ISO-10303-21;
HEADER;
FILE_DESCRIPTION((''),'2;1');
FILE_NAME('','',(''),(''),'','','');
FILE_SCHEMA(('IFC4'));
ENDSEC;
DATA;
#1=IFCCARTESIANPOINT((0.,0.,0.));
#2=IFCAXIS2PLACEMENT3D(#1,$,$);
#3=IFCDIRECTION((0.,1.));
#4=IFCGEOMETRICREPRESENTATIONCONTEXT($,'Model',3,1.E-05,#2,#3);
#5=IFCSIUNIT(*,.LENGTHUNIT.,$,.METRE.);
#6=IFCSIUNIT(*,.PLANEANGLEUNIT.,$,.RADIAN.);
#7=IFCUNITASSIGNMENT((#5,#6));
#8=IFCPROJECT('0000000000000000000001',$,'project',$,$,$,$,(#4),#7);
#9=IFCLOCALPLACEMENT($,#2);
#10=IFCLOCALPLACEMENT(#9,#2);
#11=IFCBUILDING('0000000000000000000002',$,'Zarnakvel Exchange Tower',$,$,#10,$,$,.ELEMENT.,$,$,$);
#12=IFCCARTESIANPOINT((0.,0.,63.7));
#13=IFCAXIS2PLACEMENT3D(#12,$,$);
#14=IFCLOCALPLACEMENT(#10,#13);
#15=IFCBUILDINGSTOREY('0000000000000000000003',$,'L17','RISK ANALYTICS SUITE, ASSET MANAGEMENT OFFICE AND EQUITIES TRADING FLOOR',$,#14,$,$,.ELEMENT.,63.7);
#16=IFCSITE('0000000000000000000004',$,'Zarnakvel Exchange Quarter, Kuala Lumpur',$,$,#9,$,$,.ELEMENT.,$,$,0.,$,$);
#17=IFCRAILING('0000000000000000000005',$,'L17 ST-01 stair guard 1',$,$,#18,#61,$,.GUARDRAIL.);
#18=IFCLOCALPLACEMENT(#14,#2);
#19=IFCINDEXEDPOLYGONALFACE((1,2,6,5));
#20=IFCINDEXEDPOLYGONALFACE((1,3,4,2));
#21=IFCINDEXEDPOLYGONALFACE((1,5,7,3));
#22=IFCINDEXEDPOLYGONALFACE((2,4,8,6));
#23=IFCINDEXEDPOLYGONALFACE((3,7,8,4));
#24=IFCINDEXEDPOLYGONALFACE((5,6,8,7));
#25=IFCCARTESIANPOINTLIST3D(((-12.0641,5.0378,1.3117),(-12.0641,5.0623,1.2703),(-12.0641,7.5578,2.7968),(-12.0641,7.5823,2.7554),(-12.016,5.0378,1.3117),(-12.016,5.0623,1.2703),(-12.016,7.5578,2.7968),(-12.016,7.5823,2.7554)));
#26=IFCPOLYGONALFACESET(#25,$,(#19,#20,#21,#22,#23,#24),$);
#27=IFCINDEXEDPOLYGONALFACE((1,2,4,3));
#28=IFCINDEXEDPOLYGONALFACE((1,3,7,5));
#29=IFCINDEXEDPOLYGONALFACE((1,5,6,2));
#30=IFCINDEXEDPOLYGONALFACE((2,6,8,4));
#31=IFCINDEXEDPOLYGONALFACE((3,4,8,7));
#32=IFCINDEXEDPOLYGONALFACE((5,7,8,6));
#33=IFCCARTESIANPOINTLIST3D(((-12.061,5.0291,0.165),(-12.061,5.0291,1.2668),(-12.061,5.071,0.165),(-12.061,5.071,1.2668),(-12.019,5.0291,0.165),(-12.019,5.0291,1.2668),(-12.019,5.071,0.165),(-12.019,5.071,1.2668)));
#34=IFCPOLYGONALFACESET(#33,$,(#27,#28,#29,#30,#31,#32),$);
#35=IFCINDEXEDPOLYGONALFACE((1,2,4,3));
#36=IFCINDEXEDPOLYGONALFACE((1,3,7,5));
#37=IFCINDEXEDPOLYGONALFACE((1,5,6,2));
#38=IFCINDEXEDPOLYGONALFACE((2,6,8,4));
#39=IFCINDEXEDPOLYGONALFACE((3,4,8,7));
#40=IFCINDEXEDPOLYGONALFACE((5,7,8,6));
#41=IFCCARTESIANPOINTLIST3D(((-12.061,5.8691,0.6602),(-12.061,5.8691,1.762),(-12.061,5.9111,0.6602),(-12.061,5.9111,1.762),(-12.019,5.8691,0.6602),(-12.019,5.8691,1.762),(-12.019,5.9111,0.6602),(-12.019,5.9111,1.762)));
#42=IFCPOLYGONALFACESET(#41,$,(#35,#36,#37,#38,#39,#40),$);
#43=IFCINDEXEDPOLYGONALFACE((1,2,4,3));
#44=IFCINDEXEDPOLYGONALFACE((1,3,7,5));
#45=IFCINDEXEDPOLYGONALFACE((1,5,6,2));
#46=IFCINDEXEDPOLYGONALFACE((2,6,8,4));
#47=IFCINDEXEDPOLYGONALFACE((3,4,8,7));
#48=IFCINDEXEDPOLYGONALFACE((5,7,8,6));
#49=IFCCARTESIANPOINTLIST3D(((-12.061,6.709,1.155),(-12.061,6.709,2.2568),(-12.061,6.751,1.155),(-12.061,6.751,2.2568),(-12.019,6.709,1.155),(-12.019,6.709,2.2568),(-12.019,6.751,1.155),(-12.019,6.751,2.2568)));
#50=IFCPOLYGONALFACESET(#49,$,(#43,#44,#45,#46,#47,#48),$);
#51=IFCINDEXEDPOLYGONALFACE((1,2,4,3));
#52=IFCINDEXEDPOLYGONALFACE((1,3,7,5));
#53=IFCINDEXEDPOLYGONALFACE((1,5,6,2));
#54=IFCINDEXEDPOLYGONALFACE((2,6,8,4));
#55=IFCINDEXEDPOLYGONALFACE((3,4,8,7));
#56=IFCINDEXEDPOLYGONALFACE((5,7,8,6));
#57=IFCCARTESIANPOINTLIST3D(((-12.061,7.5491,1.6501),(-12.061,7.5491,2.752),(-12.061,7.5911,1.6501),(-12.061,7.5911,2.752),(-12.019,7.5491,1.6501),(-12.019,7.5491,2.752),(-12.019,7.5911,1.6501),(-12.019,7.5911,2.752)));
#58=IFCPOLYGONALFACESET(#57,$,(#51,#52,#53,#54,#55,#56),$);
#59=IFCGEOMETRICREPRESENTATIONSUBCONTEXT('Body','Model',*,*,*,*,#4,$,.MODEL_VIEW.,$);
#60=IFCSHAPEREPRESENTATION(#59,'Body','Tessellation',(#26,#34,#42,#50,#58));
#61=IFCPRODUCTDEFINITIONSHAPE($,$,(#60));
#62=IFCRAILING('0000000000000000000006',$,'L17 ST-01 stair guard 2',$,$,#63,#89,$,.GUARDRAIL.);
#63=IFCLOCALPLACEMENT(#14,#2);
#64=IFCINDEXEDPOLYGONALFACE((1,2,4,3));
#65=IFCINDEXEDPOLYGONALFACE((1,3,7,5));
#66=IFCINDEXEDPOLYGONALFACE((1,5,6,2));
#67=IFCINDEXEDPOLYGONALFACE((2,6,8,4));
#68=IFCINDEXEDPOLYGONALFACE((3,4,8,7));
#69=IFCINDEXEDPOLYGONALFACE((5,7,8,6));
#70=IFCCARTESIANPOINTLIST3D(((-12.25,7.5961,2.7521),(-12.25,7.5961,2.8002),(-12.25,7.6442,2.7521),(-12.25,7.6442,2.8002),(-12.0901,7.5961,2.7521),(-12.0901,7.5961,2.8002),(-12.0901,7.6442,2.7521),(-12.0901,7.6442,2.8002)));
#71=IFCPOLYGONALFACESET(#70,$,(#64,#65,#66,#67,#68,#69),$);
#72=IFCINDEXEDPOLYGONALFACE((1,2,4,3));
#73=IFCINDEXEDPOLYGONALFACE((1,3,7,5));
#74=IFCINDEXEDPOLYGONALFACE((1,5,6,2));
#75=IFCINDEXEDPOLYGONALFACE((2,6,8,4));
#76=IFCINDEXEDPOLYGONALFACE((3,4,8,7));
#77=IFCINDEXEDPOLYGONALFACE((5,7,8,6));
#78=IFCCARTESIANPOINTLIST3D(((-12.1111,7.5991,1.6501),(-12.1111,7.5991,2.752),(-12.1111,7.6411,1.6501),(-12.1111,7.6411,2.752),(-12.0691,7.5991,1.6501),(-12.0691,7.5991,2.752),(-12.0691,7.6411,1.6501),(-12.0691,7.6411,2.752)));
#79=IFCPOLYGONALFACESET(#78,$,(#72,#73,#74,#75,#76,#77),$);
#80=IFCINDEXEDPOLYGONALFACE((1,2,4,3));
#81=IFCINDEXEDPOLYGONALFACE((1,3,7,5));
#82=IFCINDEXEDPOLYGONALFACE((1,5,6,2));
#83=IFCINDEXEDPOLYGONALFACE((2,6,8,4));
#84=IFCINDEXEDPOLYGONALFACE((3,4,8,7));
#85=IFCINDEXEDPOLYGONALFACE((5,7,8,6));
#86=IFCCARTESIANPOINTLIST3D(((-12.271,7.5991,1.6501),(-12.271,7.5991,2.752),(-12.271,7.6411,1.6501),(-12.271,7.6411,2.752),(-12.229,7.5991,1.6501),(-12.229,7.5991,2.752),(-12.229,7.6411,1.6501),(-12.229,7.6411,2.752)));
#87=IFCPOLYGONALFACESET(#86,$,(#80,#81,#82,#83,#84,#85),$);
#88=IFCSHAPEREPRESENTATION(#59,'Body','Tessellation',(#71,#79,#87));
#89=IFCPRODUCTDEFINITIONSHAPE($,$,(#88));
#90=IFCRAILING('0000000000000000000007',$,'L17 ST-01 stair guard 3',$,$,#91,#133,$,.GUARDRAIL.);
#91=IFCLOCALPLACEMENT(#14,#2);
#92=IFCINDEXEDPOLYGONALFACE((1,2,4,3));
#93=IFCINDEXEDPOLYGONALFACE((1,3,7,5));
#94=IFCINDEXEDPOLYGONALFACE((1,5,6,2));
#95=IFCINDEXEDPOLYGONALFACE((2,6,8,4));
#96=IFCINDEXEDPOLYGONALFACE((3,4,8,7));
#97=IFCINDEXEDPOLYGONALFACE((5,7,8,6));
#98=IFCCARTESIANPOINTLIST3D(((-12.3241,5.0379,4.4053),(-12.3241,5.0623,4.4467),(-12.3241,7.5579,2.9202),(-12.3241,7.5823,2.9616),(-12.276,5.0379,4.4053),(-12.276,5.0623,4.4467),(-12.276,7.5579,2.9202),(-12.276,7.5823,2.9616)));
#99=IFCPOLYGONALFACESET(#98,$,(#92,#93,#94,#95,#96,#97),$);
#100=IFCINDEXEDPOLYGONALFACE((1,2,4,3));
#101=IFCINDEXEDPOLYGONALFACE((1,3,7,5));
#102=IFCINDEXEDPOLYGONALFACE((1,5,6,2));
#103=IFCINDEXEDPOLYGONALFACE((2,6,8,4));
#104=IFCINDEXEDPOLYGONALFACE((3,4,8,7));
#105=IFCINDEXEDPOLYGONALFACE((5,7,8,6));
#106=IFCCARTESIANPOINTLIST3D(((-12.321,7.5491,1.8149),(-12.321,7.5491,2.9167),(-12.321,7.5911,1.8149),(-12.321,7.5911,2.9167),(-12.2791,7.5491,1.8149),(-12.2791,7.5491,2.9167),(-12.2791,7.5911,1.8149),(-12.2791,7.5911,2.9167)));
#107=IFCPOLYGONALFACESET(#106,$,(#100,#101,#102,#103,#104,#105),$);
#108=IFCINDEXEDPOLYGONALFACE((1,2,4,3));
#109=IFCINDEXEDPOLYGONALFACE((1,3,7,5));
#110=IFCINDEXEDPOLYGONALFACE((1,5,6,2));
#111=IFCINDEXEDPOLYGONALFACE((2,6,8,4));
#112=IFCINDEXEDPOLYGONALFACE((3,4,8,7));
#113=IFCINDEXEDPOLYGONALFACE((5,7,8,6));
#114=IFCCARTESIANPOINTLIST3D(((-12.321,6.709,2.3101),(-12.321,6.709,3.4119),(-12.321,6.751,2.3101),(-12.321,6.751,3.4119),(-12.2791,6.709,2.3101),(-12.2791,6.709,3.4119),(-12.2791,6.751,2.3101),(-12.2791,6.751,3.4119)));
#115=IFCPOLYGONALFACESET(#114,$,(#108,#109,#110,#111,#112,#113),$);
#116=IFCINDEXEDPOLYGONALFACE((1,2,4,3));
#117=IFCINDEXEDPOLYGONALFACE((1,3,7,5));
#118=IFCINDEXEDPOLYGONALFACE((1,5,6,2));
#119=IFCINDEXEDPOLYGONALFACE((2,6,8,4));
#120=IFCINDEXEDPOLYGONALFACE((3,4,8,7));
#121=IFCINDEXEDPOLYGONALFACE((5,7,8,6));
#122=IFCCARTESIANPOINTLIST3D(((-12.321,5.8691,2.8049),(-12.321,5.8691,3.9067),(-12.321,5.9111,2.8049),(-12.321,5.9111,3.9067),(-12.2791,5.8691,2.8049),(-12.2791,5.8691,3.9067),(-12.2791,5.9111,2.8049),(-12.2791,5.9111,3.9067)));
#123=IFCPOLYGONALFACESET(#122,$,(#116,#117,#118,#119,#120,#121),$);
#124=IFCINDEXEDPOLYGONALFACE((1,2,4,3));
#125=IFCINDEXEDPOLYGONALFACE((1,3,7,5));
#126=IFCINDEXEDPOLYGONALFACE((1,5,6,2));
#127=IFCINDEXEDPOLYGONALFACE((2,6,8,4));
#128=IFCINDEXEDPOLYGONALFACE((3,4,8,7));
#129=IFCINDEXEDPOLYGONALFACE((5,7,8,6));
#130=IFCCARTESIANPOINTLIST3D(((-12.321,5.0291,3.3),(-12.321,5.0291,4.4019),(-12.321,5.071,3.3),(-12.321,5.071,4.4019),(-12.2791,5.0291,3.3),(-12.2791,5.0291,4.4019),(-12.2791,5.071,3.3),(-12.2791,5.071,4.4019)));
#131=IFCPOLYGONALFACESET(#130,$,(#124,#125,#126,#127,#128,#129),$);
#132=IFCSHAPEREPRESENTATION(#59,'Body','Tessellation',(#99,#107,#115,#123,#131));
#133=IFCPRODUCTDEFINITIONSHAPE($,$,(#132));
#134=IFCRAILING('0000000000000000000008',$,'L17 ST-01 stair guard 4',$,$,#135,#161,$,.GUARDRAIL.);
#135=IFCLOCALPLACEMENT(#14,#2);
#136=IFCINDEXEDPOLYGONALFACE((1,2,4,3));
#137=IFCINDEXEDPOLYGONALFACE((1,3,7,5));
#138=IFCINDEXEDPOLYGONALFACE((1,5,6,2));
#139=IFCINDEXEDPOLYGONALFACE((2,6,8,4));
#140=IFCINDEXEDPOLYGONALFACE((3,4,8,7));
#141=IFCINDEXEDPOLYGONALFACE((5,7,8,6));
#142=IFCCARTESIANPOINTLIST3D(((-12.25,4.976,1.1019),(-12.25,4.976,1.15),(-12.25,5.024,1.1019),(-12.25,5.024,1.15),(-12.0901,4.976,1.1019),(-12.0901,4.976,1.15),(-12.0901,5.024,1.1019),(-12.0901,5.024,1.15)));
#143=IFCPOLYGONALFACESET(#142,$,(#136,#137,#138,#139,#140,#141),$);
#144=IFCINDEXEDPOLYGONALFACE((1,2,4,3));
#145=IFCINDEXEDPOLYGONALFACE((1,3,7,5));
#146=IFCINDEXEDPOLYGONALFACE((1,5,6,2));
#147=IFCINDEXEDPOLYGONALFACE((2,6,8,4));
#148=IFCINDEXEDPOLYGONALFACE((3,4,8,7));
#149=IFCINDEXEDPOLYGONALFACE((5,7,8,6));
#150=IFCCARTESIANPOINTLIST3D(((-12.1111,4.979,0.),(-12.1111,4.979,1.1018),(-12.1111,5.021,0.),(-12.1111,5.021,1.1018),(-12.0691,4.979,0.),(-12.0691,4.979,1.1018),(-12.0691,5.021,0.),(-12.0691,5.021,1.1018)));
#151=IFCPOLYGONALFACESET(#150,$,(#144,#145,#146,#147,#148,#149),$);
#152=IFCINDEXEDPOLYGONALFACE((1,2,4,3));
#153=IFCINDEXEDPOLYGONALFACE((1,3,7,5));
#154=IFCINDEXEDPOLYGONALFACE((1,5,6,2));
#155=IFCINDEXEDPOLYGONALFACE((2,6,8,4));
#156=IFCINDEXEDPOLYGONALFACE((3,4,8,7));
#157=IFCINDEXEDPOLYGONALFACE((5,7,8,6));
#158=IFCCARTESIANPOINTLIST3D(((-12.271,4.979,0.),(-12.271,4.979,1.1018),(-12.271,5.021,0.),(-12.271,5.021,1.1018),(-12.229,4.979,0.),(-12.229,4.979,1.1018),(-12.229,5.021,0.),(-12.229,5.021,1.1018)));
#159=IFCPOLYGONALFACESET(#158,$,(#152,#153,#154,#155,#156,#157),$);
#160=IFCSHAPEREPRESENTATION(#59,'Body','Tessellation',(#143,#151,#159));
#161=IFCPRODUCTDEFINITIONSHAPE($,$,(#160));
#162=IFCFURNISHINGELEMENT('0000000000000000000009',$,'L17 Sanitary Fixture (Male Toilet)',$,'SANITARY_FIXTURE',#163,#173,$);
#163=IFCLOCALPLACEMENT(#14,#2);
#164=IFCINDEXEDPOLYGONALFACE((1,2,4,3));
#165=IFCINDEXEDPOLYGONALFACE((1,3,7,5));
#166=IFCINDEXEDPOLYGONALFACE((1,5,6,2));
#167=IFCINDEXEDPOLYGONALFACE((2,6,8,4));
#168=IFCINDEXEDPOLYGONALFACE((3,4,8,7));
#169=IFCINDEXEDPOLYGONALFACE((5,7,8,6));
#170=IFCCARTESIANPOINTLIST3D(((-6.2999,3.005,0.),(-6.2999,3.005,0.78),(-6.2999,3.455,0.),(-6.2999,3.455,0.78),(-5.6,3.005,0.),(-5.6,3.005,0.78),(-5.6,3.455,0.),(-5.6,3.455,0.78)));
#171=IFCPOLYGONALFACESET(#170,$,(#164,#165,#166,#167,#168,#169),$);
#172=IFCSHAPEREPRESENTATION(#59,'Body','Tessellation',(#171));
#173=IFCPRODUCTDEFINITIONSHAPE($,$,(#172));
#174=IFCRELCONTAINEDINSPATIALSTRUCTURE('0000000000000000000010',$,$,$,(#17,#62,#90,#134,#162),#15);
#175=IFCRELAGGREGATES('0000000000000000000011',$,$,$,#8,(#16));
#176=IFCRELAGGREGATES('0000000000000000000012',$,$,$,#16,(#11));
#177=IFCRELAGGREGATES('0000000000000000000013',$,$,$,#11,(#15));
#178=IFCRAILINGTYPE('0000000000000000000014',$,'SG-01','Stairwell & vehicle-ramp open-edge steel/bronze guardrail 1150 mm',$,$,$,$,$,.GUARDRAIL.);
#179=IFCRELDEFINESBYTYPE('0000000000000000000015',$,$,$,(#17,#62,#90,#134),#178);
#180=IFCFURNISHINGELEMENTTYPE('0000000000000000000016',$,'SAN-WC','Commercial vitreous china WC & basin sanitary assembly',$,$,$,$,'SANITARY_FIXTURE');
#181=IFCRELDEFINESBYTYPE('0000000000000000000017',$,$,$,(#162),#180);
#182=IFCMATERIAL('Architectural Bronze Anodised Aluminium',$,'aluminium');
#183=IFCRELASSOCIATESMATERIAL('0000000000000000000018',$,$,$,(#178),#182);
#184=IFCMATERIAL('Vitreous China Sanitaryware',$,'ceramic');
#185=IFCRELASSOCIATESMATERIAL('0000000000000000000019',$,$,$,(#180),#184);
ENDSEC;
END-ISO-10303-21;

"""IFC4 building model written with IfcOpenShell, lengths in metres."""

from ifc_helpers import new_model, si_unit, direction, frame, origin, origin_2d, place, context, subcontext, project, spatial, rectangle, extrude, source, transform, mapped, material, type_object, element, save


model = new_model("IFC4")

# Units and contexts
model_context = context("Model", 3, precision=1e-05, world=origin(), true_north=direction((0.0, 1.0)))
body_context = subcontext(model_context, "Body", "Model", "MODEL_VIEW")
ifc_project = project(units=[si_unit("LENGTHUNIT", "METRE"), si_unit("PLANEANGLEUNIT", "RADIAN")], contexts=[model_context])

# Site, building, storey
site_placement = place(None, origin())
site = spatial("IfcSite", under=ifc_project, at=site_placement, Name="Zarnakvel Exchange Quarter, Kuala Lumpur", CompositionType="ELEMENT", RefElevation=0.0)
building_placement = place(site_placement, origin())
building = spatial("IfcBuilding", under=site, at=building_placement, Name="Zarnakvel Exchange Tower", CompositionType="ELEMENT")
storey_placement = place(building_placement, frame((0.0, 0.0, 63.7)))
storey = spatial("IfcBuildingStorey", under=building, at=storey_placement, Name="L17", Description="RISK ANALYTICS SUITE, ASSET MANAGEMENT OFFICE AND EQUITIES TRADING FLOOR", CompositionType="ELEMENT", Elevation=63.7)

# Railings
ifc_material_1 = material(Name="Architectural Bronze Anodised Aluminium", Category="aluminium")
railing_type_1 = type_object("IfcRailingType", Name="SG-01", Description="Stairwell & vehicle-ramp open-edge steel/bronze guardrail 1150 mm", PredefinedType="GUARDRAIL", material=ifc_material_1)
railing_1_placement = place(storey_placement, frame((-12.04, 5.05, 0.165)))
element("IfcRailing", 1, at=railing_1_placement, inside=storey, type_object=railing_type_1, Name="L17 ST-01 stair guard 1", PredefinedType="GUARDRAIL", context=body_context, shape_type="SweptSolid", body=[
    extrude(rectangle(XDim=0.0481, YDim=0.0481, at=origin_2d()), frame((0.0, 0.0, 1.126), z_axis=(0.0, 0.861524, 0.507717), x_axis=(-1.0, 0.0, 0.0)), (0.0, 0.0, 1.0), 2.925),
    extrude(rectangle(XDim=0.042, YDim=0.042, at=origin_2d()), origin(), (0.0, 0.0, 1.0), 1.1018),
    extrude(rectangle(XDim=0.042, YDim=0.042, at=origin_2d()), frame((0.0, 0.8401, 0.4951)), (0.0, 0.0, 1.0), 1.1018),
    extrude(rectangle(XDim=0.042, YDim=0.042, at=origin_2d()), frame((0.0, 1.6799, 0.99)), (0.0, 0.0, 1.0), 1.1018),
    extrude(rectangle(XDim=0.042, YDim=0.042, at=origin_2d()), frame((0.0, 2.52, 1.4851)), (0.0, 0.0, 1.0), 1.1018),
])
railing_2_placement = place(storey_placement, frame((-12.0901, 7.6201, 1.6501)))
element("IfcRailing", 2, at=railing_2_placement, inside=storey, type_object=railing_type_1, Name="L17 ST-01 stair guard 2", PredefinedType="GUARDRAIL", context=body_context, shape_type="SweptSolid", body=[
    extrude(rectangle(XDim=0.0481, YDim=0.0481, at=origin_2d()), frame((0.0, 0.0, 1.126), z_axis=(-1.0, 0.0, 0.0), x_axis=(0.0, -1.0, 0.0)), (0.0, 0.0, 1.0), 0.1599),
    extrude(rectangle(XDim=0.042, YDim=0.042, at=origin_2d()), origin(), (0.0, 0.0, 1.0), 1.1018),
    extrude(rectangle(XDim=0.042, YDim=0.042, at=origin_2d()), frame((-0.1599, 0.0, 0.0)), (0.0, 0.0, 1.0), 1.1018),
])
railing_3_placement = place(storey_placement, frame((-12.3, 7.5701, 1.8149)))
element("IfcRailing", 3, at=railing_3_placement, inside=storey, type_object=railing_type_1, Name="L17 ST-01 stair guard 3", PredefinedType="GUARDRAIL", context=body_context, shape_type="SweptSolid", body=[
    extrude(rectangle(XDim=0.0481, YDim=0.0481, at=origin_2d()), frame((0.0, 0.0, 1.126), z_axis=(0.0, -0.861524, 0.507717), x_axis=(1.0, 0.0, 0.0)), (0.0, 0.0, 1.0), 2.925),
    extrude(rectangle(XDim=0.042, YDim=0.042, at=origin_2d()), origin(), (0.0, 0.0, 1.0), 1.1018),
    extrude(rectangle(XDim=0.042, YDim=0.042, at=origin_2d()), frame((0.0, -0.8401, 0.4951)), (0.0, 0.0, 1.0), 1.1018),
    extrude(rectangle(XDim=0.042, YDim=0.042, at=origin_2d()), frame((0.0, -1.6799, 0.99)), (0.0, 0.0, 1.0), 1.1018),
    extrude(rectangle(XDim=0.042, YDim=0.042, at=origin_2d()), frame((0.0, -2.52, 1.4851)), (0.0, 0.0, 1.0), 1.1018),
])
railing_4_placement = place(storey_placement, frame((-12.0901, 5.0, 0.0)))
element("IfcRailing", 4, at=railing_4_placement, inside=storey, type_object=railing_type_1, Name="L17 ST-01 stair guard 4", PredefinedType="GUARDRAIL", context=body_context, shape_type="SweptSolid", body=[
    extrude(rectangle(XDim=0.0481, YDim=0.0481, at=origin_2d()), frame((0.0, 0.0, 1.126), z_axis=(-1.0, 0.0, 0.0), x_axis=(0.0, -1.0, 0.0)), (0.0, 0.0, 1.0), 0.1599),
    extrude(rectangle(XDim=0.042, YDim=0.042, at=origin_2d()), origin(), (0.0, 0.0, 1.0), 1.1018),
    extrude(rectangle(XDim=0.042, YDim=0.042, at=origin_2d()), frame((-0.1599, 0.0, 0.0)), (0.0, 0.0, 1.0), 1.1018),
])

# Furnishing element
ifc_material_2 = material(Name="Vitreous China Sanitaryware", Category="ceramic")
furnishing_element_type = type_object("IfcFurnishingElementType", Name="SAN-WC", Description="Commercial vitreous china WC & basin sanitary assembly", ElementType="SANITARY_FIXTURE", material=ifc_material_2)
shared_shape_1 = source(origin(), body_context, "Body", "SweptSolid", [
    extrude(rectangle(XDim=0.7, YDim=0.45, at=origin_2d()), origin(), (0.0, 0.0, 1.0), 0.78),
])
furnishing_placement = place(storey_placement, frame((-5.95, 3.23, 0.0), z_axis=(0.0, 0.0, 1.0), x_axis=(1.0, 0.0, 0.0)))
element("IfcFurnishingElement", 5, at=furnishing_placement, inside=storey, type_object=furnishing_element_type, Name="L17 Sanitary Fixture (Male Toilet)", ObjectType="SANITARY_FIXTURE", context=body_context, shape_type="MappedRepresentation", body=[
    mapped(shared_shape_1, transform((0.0, 0.0, 0.0), x_axis=(1.0, 0.0, 0.0), y_axis=(0.0, 1.0, 0.0), z_axis=(0.0, 0.0, 1.0), scale=1.0)),
])

save(model, "model.ifc")
